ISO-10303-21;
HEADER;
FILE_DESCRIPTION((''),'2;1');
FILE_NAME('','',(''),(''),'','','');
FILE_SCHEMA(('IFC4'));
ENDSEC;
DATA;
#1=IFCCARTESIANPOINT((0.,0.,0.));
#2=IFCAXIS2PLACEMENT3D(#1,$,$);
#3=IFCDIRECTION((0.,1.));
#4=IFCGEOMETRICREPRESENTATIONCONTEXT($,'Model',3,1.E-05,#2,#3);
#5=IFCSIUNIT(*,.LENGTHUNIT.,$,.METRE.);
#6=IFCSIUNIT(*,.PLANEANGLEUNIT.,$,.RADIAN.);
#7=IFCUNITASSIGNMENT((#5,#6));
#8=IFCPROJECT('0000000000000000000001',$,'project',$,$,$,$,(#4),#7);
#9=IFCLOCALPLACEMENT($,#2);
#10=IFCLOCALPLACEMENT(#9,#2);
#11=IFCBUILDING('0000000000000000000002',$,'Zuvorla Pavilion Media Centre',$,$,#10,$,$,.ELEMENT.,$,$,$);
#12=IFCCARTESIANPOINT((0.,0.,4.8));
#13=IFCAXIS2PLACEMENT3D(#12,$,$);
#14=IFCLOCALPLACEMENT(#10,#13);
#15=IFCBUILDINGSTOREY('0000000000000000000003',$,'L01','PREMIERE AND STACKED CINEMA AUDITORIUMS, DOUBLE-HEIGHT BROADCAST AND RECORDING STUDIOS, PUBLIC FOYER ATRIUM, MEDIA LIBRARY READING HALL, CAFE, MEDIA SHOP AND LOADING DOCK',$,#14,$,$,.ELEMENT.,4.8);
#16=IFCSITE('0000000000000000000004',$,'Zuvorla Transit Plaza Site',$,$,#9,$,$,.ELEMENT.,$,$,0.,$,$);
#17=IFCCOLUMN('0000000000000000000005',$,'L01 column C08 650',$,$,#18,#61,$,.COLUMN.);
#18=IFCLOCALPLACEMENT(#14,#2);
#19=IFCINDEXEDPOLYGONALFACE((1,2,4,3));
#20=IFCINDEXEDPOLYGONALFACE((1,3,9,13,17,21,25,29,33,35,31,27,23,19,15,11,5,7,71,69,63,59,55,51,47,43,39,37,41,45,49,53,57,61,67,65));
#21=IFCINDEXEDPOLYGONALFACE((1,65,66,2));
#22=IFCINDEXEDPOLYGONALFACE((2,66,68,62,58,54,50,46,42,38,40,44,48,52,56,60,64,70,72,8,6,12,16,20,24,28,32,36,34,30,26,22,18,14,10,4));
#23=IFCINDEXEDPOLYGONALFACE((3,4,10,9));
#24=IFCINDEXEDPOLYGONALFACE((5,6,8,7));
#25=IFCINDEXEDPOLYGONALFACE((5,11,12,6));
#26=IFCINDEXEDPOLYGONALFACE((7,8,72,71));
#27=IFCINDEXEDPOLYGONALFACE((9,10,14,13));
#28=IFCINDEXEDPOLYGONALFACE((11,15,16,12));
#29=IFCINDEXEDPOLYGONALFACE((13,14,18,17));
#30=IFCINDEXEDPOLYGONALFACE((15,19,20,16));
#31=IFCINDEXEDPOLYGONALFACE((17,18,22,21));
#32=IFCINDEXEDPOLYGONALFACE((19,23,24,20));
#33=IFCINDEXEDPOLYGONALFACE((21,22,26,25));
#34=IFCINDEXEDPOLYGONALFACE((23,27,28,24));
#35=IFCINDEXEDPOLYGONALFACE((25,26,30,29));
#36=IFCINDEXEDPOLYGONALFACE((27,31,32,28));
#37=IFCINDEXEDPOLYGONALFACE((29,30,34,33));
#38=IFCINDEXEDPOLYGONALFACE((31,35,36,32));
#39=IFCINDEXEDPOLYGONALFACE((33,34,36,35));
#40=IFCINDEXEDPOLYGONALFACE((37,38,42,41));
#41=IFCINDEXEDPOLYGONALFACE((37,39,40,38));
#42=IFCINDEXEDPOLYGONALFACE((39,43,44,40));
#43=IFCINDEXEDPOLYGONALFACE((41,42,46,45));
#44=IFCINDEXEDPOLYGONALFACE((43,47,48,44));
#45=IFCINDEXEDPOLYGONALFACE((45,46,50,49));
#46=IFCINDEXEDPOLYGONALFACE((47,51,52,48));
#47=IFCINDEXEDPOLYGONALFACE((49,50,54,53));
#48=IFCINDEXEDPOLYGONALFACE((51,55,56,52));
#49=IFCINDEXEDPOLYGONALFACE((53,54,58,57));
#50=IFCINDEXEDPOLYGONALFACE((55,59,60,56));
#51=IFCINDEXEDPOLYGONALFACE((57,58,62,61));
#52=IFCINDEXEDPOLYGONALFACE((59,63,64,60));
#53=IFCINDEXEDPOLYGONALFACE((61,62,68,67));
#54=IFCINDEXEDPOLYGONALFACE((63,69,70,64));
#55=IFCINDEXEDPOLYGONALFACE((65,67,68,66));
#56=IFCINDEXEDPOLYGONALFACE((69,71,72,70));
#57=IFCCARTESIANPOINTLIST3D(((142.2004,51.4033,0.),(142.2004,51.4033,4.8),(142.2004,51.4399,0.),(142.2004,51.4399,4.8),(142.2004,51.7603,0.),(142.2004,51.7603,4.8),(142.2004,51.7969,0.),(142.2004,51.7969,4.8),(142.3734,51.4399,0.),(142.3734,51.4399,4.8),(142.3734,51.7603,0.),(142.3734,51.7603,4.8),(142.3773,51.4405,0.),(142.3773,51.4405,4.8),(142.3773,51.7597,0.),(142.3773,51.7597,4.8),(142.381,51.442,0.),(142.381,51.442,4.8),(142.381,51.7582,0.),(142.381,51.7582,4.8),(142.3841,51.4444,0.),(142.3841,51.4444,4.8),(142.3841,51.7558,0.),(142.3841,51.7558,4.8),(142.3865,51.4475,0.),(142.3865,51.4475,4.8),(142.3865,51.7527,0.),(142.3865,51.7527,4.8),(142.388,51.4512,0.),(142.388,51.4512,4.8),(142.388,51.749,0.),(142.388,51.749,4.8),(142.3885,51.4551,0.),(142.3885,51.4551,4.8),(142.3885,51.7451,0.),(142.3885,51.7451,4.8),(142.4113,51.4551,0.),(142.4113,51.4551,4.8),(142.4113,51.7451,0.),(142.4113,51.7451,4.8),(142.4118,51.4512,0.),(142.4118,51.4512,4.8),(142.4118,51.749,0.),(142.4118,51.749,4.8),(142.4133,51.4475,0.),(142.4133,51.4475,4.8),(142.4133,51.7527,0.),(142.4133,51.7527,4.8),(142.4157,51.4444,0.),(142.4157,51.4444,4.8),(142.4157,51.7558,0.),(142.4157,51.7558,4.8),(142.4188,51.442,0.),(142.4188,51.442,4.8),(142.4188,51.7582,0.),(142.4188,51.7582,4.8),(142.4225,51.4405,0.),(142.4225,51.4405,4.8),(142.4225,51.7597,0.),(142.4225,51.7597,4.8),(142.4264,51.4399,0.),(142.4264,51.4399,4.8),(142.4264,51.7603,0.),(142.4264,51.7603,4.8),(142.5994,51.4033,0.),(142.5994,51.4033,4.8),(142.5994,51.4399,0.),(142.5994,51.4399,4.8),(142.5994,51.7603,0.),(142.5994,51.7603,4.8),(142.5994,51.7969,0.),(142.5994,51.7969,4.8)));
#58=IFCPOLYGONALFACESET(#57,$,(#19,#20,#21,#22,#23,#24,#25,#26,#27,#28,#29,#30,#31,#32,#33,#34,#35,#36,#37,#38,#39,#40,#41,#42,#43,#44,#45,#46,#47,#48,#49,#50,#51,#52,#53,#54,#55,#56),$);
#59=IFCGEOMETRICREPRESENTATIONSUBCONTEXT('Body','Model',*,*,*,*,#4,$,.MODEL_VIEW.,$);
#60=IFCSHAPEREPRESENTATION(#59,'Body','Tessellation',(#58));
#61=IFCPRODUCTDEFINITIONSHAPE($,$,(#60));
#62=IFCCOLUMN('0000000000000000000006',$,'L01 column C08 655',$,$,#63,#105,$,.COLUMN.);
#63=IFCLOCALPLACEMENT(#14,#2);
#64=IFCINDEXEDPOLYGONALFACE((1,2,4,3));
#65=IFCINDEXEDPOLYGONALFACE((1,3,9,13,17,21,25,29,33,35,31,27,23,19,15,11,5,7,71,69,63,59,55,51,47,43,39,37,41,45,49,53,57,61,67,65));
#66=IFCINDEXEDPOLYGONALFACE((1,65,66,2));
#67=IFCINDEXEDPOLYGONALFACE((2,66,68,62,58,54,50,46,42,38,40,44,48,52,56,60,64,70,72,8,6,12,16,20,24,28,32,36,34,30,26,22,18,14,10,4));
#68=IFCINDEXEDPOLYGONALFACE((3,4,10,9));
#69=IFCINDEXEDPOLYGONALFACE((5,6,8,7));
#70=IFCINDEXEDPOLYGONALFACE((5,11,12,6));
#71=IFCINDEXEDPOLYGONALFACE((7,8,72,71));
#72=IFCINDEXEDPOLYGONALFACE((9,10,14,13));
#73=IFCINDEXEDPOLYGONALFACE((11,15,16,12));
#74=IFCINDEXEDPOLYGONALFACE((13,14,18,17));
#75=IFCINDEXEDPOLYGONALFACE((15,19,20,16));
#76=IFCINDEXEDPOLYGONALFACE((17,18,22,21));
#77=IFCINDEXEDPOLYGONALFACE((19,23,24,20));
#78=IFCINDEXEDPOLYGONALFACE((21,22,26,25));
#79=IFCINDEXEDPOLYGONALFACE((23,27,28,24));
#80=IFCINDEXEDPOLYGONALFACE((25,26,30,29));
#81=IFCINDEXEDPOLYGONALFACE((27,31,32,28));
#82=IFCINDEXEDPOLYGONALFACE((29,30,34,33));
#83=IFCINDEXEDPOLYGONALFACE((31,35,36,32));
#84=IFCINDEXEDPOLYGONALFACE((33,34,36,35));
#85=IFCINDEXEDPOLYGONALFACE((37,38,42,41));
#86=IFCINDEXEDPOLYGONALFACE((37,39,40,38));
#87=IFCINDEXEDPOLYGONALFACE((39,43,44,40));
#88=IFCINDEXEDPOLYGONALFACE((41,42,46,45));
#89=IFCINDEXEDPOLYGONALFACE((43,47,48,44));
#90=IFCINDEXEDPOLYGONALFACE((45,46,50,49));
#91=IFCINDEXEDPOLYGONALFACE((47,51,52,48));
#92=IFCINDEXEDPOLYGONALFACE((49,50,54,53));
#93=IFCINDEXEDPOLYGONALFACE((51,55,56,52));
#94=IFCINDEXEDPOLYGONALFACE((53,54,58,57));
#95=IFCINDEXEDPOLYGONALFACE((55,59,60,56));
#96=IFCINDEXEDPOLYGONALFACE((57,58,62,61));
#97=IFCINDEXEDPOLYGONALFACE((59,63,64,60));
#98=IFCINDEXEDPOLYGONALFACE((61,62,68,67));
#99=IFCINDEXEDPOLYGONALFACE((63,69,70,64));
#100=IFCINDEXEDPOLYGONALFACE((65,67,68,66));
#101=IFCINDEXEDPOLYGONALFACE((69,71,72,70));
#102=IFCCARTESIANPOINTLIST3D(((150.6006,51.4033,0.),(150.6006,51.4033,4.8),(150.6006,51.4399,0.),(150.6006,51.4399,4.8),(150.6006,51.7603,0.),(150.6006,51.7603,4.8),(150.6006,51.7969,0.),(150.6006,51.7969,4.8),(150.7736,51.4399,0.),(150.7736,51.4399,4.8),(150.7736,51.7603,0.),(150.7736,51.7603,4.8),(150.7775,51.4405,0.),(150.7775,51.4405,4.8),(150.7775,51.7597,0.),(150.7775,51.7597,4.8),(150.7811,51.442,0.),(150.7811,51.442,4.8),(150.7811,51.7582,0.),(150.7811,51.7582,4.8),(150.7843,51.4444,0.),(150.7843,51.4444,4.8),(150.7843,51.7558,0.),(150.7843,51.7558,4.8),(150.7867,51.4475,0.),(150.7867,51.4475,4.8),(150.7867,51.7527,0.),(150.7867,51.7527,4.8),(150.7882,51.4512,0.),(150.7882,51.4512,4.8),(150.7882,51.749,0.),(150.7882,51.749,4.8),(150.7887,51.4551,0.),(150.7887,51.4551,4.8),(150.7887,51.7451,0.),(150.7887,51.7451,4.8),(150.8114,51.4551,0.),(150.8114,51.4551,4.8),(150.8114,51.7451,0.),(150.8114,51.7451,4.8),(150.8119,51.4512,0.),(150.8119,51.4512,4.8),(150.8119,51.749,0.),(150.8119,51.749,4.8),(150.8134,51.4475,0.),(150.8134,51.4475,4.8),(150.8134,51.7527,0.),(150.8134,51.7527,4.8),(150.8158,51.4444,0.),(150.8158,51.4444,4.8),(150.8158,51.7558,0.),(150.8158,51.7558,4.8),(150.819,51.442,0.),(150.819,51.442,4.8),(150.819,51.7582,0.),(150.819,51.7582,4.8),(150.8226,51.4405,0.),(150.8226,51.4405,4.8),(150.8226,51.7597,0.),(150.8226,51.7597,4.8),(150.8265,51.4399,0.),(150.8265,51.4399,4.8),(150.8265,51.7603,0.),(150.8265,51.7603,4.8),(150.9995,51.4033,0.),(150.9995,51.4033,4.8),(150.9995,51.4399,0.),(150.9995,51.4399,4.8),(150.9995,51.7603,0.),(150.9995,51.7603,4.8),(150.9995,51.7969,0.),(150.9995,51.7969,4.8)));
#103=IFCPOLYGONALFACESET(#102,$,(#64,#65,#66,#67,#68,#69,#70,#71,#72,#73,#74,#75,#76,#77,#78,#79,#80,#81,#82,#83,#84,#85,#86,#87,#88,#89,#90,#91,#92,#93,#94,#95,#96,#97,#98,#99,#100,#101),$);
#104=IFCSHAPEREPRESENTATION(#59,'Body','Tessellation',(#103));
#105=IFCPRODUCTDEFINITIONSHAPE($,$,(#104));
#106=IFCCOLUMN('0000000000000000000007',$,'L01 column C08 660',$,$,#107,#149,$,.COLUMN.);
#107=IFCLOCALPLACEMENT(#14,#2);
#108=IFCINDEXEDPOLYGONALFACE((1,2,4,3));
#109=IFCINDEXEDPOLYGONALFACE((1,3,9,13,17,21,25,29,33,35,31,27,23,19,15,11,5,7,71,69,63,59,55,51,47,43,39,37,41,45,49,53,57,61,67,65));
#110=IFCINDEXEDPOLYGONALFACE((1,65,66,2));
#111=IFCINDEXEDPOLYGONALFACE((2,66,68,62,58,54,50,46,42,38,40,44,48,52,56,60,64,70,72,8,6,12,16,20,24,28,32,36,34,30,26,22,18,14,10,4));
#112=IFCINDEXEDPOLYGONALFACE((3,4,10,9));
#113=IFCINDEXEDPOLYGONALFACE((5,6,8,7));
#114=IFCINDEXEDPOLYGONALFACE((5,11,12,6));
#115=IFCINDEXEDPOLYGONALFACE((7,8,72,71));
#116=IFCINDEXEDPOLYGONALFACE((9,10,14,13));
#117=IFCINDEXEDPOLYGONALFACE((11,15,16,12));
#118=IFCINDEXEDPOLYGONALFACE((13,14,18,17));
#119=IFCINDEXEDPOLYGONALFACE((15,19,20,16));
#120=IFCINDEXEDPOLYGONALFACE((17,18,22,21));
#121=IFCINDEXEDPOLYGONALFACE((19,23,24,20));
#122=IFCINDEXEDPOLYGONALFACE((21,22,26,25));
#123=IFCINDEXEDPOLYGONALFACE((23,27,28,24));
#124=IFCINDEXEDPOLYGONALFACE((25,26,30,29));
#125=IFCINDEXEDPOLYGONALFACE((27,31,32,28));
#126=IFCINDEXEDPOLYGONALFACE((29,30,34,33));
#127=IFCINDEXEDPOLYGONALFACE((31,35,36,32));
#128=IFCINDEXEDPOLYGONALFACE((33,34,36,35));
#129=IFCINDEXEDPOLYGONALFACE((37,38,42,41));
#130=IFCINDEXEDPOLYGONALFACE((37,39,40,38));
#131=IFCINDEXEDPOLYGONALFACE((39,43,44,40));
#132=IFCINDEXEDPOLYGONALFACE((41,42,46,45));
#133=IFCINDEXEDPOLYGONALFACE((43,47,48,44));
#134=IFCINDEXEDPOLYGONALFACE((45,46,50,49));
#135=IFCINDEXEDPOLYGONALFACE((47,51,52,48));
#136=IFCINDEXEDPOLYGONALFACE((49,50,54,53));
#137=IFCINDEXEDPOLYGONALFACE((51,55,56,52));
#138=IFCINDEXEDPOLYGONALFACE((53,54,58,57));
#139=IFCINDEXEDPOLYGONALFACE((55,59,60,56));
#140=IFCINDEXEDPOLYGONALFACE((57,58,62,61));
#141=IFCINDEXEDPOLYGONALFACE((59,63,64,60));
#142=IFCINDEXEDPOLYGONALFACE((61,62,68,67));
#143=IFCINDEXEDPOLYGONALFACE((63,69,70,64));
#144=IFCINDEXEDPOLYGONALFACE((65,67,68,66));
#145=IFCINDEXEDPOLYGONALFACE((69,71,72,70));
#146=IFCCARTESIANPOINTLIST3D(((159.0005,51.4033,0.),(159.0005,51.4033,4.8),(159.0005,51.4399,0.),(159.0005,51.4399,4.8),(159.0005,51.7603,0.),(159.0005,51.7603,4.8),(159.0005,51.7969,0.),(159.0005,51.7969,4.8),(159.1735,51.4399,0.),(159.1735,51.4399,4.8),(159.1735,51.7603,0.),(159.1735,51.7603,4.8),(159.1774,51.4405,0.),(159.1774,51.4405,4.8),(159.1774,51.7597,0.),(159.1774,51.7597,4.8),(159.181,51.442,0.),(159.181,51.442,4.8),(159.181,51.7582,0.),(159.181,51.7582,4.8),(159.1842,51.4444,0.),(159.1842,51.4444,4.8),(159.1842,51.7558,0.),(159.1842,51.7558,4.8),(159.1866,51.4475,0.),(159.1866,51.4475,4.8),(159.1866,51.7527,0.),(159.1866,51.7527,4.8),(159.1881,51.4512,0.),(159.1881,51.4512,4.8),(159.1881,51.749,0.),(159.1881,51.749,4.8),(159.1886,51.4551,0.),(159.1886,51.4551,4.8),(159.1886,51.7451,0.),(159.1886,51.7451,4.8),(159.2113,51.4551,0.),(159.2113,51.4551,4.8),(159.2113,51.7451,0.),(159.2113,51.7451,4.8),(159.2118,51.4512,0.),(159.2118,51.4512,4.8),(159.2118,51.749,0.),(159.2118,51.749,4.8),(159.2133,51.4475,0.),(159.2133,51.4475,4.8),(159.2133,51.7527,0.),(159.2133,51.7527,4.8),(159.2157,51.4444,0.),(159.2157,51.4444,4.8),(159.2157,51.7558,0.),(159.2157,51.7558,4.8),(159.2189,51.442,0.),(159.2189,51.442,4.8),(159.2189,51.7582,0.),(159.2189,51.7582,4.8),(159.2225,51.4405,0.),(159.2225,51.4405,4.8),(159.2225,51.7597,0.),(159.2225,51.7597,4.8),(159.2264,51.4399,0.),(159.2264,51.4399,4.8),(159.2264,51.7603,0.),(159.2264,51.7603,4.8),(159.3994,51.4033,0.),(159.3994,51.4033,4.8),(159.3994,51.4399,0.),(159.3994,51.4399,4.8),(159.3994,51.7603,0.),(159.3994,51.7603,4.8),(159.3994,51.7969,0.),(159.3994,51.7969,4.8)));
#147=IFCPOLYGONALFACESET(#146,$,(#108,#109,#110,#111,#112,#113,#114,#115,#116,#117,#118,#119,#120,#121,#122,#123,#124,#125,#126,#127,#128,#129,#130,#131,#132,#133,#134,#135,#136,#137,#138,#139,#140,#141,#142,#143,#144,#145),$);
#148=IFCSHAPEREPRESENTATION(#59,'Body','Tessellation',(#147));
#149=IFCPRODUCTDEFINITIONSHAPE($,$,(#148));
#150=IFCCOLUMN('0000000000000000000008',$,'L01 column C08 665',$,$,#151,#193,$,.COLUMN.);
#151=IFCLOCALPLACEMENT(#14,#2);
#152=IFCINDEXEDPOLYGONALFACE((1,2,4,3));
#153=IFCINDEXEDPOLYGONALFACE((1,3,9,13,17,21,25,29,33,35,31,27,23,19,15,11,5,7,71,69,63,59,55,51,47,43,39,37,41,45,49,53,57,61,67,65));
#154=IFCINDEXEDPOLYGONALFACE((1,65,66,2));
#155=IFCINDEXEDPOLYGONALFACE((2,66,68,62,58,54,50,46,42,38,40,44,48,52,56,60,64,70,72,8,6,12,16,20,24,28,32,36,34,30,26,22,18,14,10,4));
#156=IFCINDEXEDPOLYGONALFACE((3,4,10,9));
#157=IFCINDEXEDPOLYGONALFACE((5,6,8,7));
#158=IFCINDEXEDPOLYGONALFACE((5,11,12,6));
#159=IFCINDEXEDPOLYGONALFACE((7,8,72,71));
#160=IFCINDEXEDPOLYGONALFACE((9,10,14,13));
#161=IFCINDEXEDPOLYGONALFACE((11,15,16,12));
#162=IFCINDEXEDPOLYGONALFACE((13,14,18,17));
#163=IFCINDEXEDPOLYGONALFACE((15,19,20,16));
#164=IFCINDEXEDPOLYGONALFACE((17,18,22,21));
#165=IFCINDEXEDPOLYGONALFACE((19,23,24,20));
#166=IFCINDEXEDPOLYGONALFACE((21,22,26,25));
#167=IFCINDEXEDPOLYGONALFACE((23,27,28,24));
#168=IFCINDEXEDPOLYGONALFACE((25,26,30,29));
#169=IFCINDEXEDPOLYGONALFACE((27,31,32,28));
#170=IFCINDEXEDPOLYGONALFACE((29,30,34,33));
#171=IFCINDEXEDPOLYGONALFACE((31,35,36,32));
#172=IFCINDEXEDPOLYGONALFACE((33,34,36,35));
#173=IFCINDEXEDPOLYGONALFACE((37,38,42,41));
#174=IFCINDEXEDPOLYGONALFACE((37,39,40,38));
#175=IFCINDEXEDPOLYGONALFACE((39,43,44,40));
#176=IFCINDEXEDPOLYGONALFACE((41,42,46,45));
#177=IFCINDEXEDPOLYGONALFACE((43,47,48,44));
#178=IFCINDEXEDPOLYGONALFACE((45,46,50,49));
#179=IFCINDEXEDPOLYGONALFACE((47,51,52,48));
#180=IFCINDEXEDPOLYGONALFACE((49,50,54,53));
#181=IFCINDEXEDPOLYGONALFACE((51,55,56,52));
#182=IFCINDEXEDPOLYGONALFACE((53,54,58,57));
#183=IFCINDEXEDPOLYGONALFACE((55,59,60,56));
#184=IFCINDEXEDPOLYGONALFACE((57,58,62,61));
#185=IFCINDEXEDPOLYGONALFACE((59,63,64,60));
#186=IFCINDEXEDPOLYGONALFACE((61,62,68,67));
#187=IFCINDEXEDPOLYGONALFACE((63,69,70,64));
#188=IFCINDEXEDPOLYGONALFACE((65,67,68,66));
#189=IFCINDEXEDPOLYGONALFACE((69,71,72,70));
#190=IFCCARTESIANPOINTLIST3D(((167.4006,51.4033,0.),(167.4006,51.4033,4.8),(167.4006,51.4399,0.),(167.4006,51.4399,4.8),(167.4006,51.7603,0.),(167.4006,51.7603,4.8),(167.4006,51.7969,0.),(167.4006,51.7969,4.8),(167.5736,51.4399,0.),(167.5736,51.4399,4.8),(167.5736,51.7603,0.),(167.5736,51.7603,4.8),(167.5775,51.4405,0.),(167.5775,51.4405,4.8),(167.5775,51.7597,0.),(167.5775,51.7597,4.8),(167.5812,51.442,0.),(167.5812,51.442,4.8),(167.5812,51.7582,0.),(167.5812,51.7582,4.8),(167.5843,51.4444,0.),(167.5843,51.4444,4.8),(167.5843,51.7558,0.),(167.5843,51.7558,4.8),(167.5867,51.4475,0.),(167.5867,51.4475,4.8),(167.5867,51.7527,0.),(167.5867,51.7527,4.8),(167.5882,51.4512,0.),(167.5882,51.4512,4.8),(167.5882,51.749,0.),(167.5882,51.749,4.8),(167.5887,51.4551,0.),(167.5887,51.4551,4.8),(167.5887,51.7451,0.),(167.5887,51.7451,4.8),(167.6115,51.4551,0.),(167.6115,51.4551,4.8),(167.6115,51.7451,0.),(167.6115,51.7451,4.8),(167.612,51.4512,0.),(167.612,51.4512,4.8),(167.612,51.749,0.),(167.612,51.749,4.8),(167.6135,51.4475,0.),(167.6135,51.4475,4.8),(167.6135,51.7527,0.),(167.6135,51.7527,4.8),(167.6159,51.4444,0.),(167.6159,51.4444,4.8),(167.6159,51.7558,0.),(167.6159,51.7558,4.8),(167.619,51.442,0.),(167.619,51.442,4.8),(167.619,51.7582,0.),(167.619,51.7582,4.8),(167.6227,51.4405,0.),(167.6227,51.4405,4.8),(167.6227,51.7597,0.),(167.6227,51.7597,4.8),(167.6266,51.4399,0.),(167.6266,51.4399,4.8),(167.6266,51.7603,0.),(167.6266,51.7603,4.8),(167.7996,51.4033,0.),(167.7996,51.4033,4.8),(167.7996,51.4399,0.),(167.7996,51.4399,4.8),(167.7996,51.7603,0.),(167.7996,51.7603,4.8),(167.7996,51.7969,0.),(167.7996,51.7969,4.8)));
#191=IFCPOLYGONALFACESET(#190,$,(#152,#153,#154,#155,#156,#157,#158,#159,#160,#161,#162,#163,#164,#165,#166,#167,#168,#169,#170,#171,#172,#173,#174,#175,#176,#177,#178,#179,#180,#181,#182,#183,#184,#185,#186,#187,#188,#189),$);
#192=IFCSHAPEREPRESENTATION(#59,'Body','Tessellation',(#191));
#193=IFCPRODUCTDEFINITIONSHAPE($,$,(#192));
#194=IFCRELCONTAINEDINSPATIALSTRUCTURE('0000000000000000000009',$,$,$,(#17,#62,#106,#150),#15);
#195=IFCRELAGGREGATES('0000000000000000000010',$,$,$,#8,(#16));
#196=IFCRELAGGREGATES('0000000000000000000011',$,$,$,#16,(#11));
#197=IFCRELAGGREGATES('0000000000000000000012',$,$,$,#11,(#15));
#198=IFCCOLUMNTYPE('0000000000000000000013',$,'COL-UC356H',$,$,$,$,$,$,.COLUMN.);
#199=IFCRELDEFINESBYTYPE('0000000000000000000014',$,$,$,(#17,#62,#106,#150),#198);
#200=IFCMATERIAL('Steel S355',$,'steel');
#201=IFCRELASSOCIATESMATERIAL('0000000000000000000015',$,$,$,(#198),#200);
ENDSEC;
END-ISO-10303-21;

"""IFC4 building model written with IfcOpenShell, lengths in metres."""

from ifc_helpers import new_model, si_unit, direction, frame, origin, origin_2d, place, context, subcontext, project, spatial, i_section, extrude, material, material_profile, profile_set, type_object, element, save


model = new_model("IFC4")

# Units and contexts
model_context = context("Model", 3, precision=1e-05, world=origin(), true_north=direction((0.0, 1.0)))
body_context = subcontext(model_context, "Body", "Model", "MODEL_VIEW")
ifc_project = project(units=[si_unit("LENGTHUNIT", "METRE"), si_unit("PLANEANGLEUNIT", "RADIAN")], contexts=[model_context])

# Site, building, storey
site_placement = place(None, origin())
site = spatial("IfcSite", under=ifc_project, at=site_placement, Name="Zuvorla Transit Plaza Site", CompositionType="ELEMENT", RefElevation=0.0)
building_placement = place(site_placement, origin())
building = spatial("IfcBuilding", under=site, at=building_placement, Name="Zuvorla Pavilion Media Centre", CompositionType="ELEMENT")
storey_placement = place(building_placement, frame((0.0, 0.0, 4.8)))
storey = spatial("IfcBuildingStorey", under=building, at=storey_placement, Name="L01", Description="PREMIERE AND STACKED CINEMA AUDITORIUMS, DOUBLE-HEIGHT BROADCAST AND RECORDING STUDIOS, PUBLIC FOYER ATRIUM, MEDIA LIBRARY READING HALL, CAFE, MEDIA SHOP AND LOADING DOCK", CompositionType="ELEMENT", Elevation=4.8)

# Columns
ifc_material_1 = material(Name="Steel S355", Category="steel")
ifc_material_profile_1 = material_profile(ifc_material_1, i_section(OverallWidth=0.3989, OverallDepth=0.3936, WebThickness=0.0227, FlangeThickness=0.0366, FilletRadius=0.0151, at=origin_2d()), Name="UC 356x406x287")
ifc_profile_set_1 = profile_set([ifc_material_profile_1], Name="Steel S355")
column_type = type_object("IfcColumnType", Name="COL-UC356H", PredefinedType="COLUMN", material=ifc_profile_set_1)
for number, where, z_axis, x_axis, name in (
    (1, (142.3999, 51.6001, 0.0), (0.0, 0.0, 1.0), (1.0, 0.0, 0.0), "L01 column C08 650"),
    (2, (150.8, 51.6001, 0.0), (0.0, 0.0, 1.0), (1.0, 0.0, 0.0), "L01 column C08 655"),
    (3, (159.2, 51.6001, 0.0), (0.0, 0.0, 1.0), (1.0, 0.0, 0.0), "L01 column C08 660"),
    (4, (167.6001, 51.6001, 0.0), (0.0, 0.0, 1.0), (1.0, 0.0, 0.0), "L01 column C08 665"),
):
    element("IfcColumn", number, at=place(storey_placement, frame(where, z_axis=z_axis, x_axis=x_axis)), inside=storey, type_object=column_type, Name=name, PredefinedType="COLUMN", context=body_context, shape_type="SweptSolid", body=[
        extrude(i_section(OverallWidth=0.3989, OverallDepth=0.3936, WebThickness=0.0227, FlangeThickness=0.0366, FilletRadius=0.0151, at=origin_2d()), origin(), (0.0, 0.0, 1.0), 4.8),
    ])

save(model, "model.ifc")
